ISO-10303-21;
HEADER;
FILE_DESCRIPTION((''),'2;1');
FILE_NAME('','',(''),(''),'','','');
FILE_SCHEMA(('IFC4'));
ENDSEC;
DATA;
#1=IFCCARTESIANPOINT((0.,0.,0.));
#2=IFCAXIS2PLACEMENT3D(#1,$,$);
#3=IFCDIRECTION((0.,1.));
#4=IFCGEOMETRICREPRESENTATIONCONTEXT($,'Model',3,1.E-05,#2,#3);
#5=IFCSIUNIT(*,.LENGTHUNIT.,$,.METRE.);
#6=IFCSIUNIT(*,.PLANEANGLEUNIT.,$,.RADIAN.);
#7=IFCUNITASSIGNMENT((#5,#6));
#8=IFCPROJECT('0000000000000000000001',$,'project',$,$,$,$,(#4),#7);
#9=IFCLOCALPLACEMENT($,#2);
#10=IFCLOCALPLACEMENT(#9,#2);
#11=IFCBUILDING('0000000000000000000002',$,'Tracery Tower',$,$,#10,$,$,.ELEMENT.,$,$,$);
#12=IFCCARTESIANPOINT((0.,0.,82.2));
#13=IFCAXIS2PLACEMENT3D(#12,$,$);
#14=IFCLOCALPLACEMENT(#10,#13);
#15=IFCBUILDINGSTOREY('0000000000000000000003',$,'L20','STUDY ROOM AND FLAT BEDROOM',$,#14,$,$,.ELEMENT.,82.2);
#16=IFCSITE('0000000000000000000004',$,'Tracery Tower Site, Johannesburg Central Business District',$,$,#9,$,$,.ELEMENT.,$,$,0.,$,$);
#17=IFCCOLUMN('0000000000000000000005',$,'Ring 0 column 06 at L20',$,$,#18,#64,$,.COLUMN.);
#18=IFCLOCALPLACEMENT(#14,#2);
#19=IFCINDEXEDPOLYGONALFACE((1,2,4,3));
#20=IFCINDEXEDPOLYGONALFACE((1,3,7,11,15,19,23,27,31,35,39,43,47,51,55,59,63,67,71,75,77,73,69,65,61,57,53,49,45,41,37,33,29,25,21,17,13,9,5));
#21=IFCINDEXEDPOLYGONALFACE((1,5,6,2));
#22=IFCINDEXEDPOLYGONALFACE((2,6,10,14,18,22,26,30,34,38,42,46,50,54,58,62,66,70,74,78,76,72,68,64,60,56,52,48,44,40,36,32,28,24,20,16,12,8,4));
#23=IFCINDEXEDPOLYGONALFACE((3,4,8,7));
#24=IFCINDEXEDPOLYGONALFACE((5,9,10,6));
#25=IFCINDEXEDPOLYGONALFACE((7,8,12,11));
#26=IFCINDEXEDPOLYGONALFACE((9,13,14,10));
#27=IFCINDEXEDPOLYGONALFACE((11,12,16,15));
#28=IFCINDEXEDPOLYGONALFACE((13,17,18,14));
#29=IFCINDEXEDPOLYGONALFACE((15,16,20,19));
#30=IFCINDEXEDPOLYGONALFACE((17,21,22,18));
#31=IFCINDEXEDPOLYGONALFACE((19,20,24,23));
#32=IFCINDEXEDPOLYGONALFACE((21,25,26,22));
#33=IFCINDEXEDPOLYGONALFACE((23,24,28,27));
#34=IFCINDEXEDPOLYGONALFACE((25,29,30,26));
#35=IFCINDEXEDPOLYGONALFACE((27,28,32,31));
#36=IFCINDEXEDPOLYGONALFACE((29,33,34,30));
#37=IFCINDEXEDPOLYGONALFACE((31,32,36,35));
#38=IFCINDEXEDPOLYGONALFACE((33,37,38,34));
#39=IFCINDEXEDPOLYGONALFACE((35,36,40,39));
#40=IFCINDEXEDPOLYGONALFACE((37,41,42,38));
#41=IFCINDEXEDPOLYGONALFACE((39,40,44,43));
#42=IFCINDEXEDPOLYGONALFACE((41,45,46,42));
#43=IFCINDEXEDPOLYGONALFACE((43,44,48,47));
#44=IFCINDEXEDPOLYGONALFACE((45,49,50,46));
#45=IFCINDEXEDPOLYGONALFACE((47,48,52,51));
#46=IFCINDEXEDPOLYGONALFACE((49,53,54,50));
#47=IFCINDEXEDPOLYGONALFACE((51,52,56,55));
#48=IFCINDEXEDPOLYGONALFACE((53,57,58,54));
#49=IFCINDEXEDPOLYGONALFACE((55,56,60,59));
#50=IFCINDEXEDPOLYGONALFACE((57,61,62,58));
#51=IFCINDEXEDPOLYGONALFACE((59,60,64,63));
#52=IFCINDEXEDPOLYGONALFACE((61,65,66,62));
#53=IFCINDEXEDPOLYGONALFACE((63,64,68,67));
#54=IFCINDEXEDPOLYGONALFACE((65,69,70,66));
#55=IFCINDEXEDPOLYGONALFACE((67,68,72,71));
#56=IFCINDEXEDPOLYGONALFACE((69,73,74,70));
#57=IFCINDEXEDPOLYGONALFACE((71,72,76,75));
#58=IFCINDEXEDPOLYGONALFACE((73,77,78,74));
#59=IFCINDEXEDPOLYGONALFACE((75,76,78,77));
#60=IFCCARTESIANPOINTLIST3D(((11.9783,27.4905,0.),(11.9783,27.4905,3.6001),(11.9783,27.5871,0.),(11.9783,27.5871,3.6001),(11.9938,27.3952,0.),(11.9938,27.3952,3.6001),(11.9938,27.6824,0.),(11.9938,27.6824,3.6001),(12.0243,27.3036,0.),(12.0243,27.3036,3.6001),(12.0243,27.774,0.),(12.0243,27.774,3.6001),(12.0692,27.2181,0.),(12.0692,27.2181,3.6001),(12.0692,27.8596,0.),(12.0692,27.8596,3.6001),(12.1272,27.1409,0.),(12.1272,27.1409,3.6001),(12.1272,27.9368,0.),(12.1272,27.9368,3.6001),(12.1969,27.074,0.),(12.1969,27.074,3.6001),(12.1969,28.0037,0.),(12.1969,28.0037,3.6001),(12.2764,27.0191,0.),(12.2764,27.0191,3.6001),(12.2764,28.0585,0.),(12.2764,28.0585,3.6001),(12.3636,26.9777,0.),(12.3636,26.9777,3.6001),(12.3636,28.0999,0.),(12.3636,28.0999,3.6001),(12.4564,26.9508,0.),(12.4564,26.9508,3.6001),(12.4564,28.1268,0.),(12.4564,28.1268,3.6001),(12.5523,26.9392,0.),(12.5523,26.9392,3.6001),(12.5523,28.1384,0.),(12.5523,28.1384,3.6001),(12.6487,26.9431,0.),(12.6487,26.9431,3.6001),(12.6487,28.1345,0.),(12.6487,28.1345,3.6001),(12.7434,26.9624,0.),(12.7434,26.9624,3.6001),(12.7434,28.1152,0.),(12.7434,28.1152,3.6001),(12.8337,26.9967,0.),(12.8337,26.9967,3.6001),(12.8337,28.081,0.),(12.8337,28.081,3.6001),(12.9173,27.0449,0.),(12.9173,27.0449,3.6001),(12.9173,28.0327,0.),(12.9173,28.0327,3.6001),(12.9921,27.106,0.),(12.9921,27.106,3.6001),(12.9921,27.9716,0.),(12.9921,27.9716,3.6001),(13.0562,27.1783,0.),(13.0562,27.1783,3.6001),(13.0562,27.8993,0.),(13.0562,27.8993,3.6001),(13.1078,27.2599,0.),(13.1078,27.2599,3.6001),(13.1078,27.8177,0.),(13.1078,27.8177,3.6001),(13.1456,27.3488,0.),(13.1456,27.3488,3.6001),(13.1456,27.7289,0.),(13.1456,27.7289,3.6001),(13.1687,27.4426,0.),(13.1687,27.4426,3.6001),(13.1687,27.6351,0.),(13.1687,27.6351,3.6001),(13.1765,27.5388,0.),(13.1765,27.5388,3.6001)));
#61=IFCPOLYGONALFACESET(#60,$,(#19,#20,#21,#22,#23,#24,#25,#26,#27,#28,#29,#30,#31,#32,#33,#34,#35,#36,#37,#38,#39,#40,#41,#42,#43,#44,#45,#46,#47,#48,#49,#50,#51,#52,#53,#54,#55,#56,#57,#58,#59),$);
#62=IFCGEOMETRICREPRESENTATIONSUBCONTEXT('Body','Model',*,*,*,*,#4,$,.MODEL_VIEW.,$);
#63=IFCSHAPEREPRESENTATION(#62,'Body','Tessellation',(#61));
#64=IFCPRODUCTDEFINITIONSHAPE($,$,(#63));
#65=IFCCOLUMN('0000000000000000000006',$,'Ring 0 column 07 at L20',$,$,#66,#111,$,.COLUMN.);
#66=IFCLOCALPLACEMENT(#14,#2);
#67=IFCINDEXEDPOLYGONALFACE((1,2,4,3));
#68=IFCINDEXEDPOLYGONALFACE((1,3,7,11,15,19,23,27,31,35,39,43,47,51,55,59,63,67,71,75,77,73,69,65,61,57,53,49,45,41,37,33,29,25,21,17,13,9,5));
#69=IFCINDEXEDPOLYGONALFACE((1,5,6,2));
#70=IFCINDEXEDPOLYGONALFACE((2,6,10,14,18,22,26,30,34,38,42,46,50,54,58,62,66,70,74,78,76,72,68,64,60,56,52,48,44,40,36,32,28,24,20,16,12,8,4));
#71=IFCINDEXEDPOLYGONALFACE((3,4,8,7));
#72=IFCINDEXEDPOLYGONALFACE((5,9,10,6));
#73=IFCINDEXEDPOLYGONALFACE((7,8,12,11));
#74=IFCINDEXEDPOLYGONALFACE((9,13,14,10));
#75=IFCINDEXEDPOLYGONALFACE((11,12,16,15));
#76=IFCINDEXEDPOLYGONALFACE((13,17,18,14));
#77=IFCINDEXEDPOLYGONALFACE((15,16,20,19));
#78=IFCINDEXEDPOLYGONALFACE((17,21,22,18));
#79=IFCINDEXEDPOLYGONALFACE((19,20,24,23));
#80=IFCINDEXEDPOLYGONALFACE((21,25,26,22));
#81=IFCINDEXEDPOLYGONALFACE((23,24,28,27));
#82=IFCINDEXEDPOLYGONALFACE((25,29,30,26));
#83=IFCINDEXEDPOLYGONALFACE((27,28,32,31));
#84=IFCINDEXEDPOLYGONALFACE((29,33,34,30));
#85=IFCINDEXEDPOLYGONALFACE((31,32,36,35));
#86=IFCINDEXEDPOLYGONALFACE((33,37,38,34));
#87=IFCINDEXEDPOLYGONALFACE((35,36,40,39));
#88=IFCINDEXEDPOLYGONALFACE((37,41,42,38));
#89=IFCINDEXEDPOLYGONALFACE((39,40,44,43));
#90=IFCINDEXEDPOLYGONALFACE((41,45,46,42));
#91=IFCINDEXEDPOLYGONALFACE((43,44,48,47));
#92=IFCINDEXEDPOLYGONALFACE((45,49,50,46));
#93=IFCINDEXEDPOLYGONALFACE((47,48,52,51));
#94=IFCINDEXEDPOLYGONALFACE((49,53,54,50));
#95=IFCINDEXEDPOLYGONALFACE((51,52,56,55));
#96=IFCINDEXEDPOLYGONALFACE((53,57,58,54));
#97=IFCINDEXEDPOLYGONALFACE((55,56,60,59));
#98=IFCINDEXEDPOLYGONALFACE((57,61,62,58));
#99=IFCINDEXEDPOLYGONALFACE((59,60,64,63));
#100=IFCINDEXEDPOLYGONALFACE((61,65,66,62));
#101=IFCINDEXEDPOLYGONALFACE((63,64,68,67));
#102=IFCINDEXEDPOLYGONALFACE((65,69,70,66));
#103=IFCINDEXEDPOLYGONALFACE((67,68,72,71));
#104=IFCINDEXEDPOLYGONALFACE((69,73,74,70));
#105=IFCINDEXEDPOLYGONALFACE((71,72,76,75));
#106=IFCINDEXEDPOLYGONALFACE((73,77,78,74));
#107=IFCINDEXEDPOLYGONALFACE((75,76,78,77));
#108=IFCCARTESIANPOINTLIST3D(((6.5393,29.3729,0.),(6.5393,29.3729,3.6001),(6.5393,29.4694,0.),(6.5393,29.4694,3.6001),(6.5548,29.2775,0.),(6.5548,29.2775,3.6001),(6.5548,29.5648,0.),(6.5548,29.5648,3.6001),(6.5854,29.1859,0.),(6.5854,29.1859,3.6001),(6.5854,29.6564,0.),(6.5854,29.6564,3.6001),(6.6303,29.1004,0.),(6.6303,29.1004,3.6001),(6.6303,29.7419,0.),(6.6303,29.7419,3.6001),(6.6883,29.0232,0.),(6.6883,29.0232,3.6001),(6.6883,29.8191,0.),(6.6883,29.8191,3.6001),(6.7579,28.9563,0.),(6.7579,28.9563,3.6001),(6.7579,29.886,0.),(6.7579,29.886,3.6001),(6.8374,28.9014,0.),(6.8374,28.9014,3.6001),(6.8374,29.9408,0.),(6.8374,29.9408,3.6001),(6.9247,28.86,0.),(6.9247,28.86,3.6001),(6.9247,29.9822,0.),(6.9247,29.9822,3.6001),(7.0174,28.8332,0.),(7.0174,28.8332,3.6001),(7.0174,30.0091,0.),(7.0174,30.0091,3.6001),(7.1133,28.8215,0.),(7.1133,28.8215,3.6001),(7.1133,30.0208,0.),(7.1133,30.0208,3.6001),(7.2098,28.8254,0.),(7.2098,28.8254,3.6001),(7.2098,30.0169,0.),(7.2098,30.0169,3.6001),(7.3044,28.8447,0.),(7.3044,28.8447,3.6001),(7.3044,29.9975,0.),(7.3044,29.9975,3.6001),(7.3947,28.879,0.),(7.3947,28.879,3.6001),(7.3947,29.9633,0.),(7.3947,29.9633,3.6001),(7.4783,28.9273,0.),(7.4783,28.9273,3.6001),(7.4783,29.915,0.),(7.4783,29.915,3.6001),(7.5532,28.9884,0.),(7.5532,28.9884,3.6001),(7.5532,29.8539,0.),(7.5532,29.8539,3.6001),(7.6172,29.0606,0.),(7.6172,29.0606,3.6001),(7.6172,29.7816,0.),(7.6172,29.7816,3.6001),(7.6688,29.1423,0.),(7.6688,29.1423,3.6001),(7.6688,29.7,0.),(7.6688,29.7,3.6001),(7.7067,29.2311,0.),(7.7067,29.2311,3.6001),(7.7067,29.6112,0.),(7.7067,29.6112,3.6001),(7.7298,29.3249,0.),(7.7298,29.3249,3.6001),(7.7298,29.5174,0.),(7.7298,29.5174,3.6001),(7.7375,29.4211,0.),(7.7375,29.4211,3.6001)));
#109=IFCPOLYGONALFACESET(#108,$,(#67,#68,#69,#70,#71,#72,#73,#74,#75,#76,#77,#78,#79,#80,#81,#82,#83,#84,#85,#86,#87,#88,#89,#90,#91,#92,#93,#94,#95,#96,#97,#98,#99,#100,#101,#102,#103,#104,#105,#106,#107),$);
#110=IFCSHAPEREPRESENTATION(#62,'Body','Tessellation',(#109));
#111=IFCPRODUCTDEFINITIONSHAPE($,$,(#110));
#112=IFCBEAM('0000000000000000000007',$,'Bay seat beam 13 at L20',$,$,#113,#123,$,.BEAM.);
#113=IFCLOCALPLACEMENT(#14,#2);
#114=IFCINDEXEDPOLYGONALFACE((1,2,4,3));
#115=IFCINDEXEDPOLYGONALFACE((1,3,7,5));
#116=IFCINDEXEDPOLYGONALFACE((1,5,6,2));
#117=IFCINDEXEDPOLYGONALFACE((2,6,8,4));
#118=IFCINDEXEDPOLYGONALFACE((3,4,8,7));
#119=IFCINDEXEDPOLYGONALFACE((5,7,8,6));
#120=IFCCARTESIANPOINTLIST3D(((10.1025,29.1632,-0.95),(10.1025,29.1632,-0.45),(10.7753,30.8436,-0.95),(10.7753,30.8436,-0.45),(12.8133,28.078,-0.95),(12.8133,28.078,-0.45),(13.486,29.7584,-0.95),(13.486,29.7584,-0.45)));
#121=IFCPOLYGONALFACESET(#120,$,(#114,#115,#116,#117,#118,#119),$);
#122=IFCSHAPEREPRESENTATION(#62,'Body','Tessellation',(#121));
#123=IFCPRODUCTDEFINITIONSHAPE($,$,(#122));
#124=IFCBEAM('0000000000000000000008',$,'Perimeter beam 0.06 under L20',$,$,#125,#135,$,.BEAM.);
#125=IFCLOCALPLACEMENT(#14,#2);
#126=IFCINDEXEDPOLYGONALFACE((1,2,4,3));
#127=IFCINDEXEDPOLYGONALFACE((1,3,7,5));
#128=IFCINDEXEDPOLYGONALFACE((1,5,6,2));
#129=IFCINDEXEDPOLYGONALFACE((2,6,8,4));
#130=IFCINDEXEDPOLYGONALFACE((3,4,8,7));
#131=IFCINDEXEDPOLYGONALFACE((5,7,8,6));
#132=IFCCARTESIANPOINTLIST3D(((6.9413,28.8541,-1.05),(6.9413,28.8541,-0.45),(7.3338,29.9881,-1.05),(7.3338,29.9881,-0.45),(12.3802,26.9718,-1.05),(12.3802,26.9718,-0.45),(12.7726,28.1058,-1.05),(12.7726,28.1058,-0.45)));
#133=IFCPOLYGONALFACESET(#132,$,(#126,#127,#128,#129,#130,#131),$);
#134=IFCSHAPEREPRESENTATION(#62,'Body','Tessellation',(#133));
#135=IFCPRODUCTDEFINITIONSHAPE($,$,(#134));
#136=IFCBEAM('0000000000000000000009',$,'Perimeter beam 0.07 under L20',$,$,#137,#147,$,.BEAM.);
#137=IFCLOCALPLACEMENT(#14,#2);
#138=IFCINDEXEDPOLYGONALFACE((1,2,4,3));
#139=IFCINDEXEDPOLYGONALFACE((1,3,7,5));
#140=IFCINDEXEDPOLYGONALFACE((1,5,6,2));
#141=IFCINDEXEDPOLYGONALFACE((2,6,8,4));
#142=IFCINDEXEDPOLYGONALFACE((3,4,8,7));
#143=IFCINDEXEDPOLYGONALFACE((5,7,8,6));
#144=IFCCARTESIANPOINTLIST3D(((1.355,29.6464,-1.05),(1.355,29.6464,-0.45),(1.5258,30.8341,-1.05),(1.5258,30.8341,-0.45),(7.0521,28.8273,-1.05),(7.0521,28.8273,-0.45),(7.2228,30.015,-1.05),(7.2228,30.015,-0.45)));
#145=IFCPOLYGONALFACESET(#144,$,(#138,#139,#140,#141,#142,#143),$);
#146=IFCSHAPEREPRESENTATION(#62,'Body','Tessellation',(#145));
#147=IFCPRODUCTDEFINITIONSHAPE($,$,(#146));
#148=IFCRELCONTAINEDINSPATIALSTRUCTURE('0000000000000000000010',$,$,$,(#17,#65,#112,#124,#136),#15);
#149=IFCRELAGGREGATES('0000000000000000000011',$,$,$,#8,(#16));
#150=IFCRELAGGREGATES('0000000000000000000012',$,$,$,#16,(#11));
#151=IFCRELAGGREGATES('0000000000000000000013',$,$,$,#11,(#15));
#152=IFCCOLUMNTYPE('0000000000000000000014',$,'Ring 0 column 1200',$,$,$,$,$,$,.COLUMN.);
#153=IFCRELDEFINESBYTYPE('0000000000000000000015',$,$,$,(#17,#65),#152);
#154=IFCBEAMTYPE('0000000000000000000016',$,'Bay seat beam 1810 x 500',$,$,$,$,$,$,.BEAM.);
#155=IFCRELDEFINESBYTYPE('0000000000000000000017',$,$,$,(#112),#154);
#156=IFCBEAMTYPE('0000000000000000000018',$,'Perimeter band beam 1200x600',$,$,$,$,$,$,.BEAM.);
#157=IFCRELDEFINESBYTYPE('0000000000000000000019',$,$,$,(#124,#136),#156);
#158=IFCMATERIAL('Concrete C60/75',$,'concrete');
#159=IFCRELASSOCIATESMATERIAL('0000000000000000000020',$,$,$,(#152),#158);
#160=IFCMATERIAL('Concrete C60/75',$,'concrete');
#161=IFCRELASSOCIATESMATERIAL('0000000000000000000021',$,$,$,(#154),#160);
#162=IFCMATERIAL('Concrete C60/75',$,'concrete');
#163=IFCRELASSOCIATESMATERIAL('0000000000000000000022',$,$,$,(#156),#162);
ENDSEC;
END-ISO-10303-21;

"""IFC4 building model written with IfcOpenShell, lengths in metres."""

from ifc_helpers import new_model, si_unit, direction, frame, origin, origin_2d, place, context, subcontext, project, spatial, rectangle, circle, extrude, material, material_profile, profile_set, type_object, element, save


model = new_model("IFC4")

# Units and contexts
model_context = context("Model", 3, precision=1e-05, world=origin(), true_north=direction((0.0, 1.0)))
body_context = subcontext(model_context, "Body", "Model", "MODEL_VIEW")
ifc_project = project(units=[si_unit("LENGTHUNIT", "METRE"), si_unit("PLANEANGLEUNIT", "RADIAN")], contexts=[model_context])

# Site, building, storey
site_placement = place(None, origin())
site = spatial("IfcSite", under=ifc_project, at=site_placement, Name="Tracery Tower Site, Johannesburg Central Business District", CompositionType="ELEMENT", RefElevation=0.0)
building_placement = place(site_placement, origin())
building = spatial("IfcBuilding", under=site, at=building_placement, Name="Tracery Tower", CompositionType="ELEMENT")
storey_placement = place(building_placement, frame((0.0, 0.0, 82.2)))
storey = spatial("IfcBuildingStorey", under=building, at=storey_placement, Name="L20", Description="STUDY ROOM AND FLAT BEDROOM", CompositionType="ELEMENT", Elevation=82.2)

# Columns
ifc_material_1 = material(Name="Concrete C60/75", Category="concrete")
ifc_material_profile_1 = material_profile(ifc_material_1, circle(Radius=0.6001, at=origin_2d()), Name="RC D1200")
ifc_profile_set_1 = profile_set([ifc_material_profile_1], Name="Concrete C60/75")
column_type = type_object("IfcColumnType", Name="Ring 0 column 1200", PredefinedType="COLUMN", material=ifc_profile_set_1)
for number, where, z_axis, x_axis, name in (
    (1, (12.5764, 27.5388, 0.0), (0.0, 0.0, 1.0), (1.0, 0.0, 0.0), "Ring 0 column 06 at L20"),
    (2, (7.1375, 29.4211, 0.0), (0.0, 0.0, 1.0), (1.0, 0.0, 0.0), "Ring 0 column 07 at L20"),
):
    element("IfcColumn", number, at=place(storey_placement, frame(where, z_axis=z_axis, x_axis=x_axis)), inside=storey, type_object=column_type, Name=name, PredefinedType="COLUMN", context=body_context, shape_type="SweptSolid", body=[
        extrude(circle(Radius=0.6001, at=origin_2d()), origin(), (0.0, 0.0, 1.0), 3.6001),
    ])

# Beams
ifc_material_2 = material(Name="Concrete C60/75", Category="concrete")
ifc_material_profile_2 = material_profile(ifc_material_2, rectangle(XDim=1.8101, YDim=0.5, at=origin_2d()), Name="RC 1810x500")
ifc_profile_set_2 = profile_set([ifc_material_profile_2], Name="Concrete C60/75")
beam_type_1 = type_object("IfcBeamType", Name="Bay seat beam 1810 x 500", PredefinedType="BEAM", material=ifc_profile_set_2)
beam_1_placement = place(storey_placement, frame((13.1497, 28.9182, -0.7), z_axis=(-0.928367, 0.371665, 0.0), x_axis=(-0.371665, -0.928367, 0.0)))
element("IfcBeam", 3, at=beam_1_placement, inside=storey, type_object=beam_type_1, Name="Bay seat beam 13 at L20", PredefinedType="BEAM", context=body_context, shape_type="SweptSolid", body=[
    extrude(rectangle(XDim=1.8101, YDim=0.5, at=origin_2d()), origin(), (0.0, 0.0, 1.0), 2.9199),
])
ifc_material_3 = material(Name="Concrete C60/75", Category="concrete")
ifc_material_profile_3 = material_profile(ifc_material_3, rectangle(XDim=1.2, YDim=0.6001, at=origin_2d()), Name="RC 1200x600")
ifc_profile_set_3 = profile_set([ifc_material_profile_3], Name="Concrete C60/75")
beam_type_2 = type_object("IfcBeamType", Name="Perimeter band beam 1200x600", PredefinedType="BEAM", material=ifc_profile_set_3)
beam_2_placement = place(storey_placement, frame((12.5764, 27.5388, -0.75), z_axis=(-0.945007, 0.327049, 0.0), x_axis=(-0.327049, -0.945007, 0.0)))
element("IfcBeam", 4, at=beam_2_placement, inside=storey, type_object=beam_type_2, Name="Perimeter beam 0.06 under L20", PredefinedType="BEAM", context=body_context, shape_type="SweptSolid", body=[
    extrude(rectangle(XDim=1.2, YDim=0.6001, at=origin_2d()), origin(), (0.0, 0.0, 1.0), 5.7554),
])
beam_3_placement = place(storey_placement, frame((7.1375, 29.4211, -0.75), z_axis=(-0.989822, 0.142312, 0.0), x_axis=(-0.142312, -0.989822, 0.0)))
element("IfcBeam", 5, at=beam_3_placement, inside=storey, type_object=beam_type_2, Name="Perimeter beam 0.07 under L20", PredefinedType="BEAM", context=body_context, shape_type="SweptSolid", body=[
    extrude(rectangle(XDim=1.2, YDim=0.6001, at=origin_2d()), origin(), (0.0, 0.0, 1.0), 5.7556),
])

save(model, "model.ifc")
